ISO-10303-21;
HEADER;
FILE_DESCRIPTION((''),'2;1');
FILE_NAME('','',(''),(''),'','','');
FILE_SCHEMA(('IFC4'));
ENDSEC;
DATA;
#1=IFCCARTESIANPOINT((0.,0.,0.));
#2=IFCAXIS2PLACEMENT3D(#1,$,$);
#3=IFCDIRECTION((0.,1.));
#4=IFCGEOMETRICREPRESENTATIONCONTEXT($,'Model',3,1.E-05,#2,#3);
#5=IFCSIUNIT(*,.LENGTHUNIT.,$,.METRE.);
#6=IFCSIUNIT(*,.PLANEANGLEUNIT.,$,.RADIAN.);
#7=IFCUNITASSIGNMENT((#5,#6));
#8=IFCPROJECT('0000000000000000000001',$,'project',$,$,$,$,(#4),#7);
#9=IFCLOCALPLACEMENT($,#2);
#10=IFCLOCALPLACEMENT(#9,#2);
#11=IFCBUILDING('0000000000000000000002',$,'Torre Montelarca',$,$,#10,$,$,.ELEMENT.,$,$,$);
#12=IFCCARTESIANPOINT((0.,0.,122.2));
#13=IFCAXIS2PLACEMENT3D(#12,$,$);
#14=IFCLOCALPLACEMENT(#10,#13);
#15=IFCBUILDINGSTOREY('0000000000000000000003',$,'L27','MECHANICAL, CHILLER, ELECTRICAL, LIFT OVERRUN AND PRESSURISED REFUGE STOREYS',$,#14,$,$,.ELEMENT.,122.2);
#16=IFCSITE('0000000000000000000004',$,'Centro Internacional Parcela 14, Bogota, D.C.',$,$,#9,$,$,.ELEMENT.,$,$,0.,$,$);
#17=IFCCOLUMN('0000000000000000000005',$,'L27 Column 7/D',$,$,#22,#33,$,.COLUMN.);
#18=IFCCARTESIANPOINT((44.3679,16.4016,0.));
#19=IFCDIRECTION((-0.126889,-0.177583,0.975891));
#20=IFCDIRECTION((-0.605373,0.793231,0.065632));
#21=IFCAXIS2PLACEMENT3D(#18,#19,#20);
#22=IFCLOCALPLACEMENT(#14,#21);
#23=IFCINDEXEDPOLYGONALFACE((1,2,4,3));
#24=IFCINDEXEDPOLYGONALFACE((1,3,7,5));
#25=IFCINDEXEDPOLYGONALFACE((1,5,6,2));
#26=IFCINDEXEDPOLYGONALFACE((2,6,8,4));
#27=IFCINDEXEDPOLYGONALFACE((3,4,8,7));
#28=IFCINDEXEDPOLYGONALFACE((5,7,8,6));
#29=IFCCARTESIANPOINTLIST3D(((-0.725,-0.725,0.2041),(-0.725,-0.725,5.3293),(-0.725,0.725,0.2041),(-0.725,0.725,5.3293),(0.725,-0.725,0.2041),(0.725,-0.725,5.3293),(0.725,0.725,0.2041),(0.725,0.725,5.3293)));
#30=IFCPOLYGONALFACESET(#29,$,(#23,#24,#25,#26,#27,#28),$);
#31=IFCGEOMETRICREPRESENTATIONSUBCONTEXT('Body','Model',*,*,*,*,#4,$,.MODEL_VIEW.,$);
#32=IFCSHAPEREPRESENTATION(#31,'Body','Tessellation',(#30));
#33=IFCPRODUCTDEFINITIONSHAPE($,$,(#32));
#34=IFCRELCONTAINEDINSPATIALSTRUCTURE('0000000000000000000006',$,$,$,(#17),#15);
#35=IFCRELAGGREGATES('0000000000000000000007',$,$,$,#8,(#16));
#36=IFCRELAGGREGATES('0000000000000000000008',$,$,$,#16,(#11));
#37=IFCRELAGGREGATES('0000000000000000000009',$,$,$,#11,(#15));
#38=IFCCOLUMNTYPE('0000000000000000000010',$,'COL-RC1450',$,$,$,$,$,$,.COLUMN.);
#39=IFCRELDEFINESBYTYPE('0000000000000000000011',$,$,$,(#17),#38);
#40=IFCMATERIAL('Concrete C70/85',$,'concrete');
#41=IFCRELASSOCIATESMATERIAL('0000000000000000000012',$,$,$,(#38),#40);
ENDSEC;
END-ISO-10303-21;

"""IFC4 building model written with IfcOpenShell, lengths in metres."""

from ifc_helpers import new_model, si_unit, direction, frame, origin, origin_2d, place, context, subcontext, project, spatial, rectangle, extrude, clip, halfspace, material, material_profile, profile_set, type_object, element, save


model = new_model("IFC4")

# Units and contexts
model_context = context("Model", 3, precision=1e-05, world=origin(), true_north=direction((0.0, 1.0)))
body_context = subcontext(model_context, "Body", "Model", "MODEL_VIEW")
ifc_project = project(units=[si_unit("LENGTHUNIT", "METRE"), si_unit("PLANEANGLEUNIT", "RADIAN")], contexts=[model_context])

# Site, building, storey
site_placement = place(None, origin())
site = spatial("IfcSite", under=ifc_project, at=site_placement, Name="Centro Internacional Parcela 14, Bogota, D.C.", CompositionType="ELEMENT", RefElevation=0.0)
building_placement = place(site_placement, origin())
building = spatial("IfcBuilding", under=site, at=building_placement, Name="Torre Montelarca", CompositionType="ELEMENT")
storey_placement = place(building_placement, frame((0.0, 0.0, 122.2)))
storey = spatial("IfcBuildingStorey", under=building, at=storey_placement, Name="L27", Description="MECHANICAL, CHILLER, ELECTRICAL, LIFT OVERRUN AND PRESSURISED REFUGE STOREYS", CompositionType="ELEMENT", Elevation=122.2)

# Column
ifc_material_1 = material(Name="Concrete C70/85", Category="concrete")
ifc_material_profile_1 = material_profile(ifc_material_1, rectangle(XDim=1.45, YDim=1.45, at=origin_2d()), Name="RC1450X1450", Category="concrete")
ifc_profile_set_1 = profile_set([ifc_material_profile_1], Name="Concrete C70/85")
column_type_1 = type_object("IfcColumnType", Name="COL-RC1450", PredefinedType="COLUMN", material=ifc_profile_set_1)
column_1_placement = place(storey_placement, frame((44.3679, 16.4016, 0.0), z_axis=(-0.126889, -0.177583, 0.975891), x_axis=(-0.605373, 0.793231, 0.065632)))
element("IfcColumn", 1, at=column_1_placement, inside=storey, type_object=column_type_1, Name="L27 Column 7/D", PredefinedType="COLUMN", context=body_context, shape_type="Clipping", body=[
    clip(clip(extrude(rectangle(XDim=1.45, YDim=1.45, at=origin_2d()), origin(), (0.0, 0.0, 1.0), 5.5334), halfspace(frame((0.0, 0.0, 0.2041), z_axis=(0.0, 0.0, -1.0), x_axis=(1.0, 0.0, 0.0)), False)), halfspace(frame((0.0, 0.0, 5.3293), z_axis=(0.0, 0.0, 1.0), x_axis=(1.0, 0.0, 0.0)), False)),
])

save(model, "model.ifc")
